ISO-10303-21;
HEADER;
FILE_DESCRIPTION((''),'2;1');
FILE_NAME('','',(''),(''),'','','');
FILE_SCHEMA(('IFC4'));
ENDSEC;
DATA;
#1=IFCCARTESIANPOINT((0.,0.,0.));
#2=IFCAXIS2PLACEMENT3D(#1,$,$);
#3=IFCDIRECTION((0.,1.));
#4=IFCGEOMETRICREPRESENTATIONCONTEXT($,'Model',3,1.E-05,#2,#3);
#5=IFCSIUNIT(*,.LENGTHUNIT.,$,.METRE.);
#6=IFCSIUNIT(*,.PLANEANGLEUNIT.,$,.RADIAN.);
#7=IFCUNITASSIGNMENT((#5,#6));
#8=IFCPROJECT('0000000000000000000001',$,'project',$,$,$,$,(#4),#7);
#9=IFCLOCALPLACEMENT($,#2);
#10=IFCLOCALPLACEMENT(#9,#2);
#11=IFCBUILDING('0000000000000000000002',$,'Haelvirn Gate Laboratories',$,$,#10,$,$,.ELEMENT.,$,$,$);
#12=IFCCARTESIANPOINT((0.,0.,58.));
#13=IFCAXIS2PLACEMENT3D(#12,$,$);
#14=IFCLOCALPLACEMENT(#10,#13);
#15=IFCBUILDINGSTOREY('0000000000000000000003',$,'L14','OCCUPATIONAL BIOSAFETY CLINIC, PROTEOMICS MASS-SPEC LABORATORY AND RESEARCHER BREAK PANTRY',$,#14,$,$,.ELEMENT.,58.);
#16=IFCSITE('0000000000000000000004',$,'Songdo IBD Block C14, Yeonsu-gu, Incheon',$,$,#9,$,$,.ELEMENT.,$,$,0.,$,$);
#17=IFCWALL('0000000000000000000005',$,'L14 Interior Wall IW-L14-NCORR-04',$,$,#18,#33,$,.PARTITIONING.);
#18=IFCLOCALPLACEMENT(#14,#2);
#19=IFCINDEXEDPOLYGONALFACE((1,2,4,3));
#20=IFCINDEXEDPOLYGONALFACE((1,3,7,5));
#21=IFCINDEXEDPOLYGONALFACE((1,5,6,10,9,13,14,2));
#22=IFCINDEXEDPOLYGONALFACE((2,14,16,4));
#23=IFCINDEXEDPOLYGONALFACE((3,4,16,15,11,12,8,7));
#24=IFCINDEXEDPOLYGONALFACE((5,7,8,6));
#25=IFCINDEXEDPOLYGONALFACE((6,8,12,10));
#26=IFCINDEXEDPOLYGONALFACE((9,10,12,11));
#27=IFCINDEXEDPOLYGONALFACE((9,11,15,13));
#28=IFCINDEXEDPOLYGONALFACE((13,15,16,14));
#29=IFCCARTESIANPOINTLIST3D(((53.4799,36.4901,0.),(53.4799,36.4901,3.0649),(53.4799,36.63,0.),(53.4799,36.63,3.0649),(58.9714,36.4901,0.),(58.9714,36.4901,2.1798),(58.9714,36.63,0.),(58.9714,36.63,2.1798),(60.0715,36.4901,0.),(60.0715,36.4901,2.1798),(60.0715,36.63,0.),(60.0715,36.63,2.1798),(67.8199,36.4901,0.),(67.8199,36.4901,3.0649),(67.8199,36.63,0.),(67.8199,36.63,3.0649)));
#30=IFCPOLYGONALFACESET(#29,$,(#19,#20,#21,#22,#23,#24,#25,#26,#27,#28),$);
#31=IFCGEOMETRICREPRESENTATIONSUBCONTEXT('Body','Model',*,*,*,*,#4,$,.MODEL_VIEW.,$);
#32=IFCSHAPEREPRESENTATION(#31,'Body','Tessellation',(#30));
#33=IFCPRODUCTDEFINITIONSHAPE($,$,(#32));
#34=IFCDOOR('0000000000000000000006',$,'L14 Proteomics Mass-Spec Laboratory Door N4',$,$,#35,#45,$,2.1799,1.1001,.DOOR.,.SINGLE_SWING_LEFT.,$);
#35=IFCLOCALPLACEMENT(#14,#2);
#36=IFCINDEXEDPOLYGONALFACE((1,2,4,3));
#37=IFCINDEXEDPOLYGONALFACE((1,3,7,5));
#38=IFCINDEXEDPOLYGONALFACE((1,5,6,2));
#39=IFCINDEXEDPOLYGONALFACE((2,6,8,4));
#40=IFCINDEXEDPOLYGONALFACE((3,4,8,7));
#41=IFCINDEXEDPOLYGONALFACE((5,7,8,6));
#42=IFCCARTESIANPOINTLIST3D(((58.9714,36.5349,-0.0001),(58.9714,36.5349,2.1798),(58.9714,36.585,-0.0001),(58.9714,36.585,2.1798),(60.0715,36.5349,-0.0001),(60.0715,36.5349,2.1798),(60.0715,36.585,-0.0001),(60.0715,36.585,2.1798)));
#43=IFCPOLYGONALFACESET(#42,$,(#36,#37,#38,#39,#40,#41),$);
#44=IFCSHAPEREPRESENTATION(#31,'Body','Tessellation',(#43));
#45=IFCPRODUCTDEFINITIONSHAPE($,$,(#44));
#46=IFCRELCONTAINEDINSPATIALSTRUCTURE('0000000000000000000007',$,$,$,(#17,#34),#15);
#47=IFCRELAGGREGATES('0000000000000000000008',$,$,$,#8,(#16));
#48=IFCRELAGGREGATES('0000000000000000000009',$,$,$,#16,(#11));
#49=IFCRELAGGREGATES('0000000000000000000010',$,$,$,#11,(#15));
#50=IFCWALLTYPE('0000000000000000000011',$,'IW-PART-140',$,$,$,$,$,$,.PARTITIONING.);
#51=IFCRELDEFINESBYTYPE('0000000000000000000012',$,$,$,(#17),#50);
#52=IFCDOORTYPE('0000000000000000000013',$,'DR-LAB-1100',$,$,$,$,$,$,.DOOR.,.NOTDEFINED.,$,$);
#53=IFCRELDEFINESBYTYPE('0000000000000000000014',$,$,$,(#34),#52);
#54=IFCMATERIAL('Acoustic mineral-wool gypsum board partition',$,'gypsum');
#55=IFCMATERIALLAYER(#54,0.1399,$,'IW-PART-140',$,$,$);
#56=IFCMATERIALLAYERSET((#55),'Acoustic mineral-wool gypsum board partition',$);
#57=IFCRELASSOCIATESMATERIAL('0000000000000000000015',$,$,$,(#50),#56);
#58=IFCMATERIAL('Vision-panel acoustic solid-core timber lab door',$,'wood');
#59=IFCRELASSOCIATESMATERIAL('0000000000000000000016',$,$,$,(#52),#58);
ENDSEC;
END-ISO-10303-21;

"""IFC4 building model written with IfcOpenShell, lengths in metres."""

from ifc_helpers import new_model, si_unit, direction, frame, frame_2d, origin, place, context, subcontext, project, spatial, rectangle, extrude, source, transform, mapped, material, layer, layer_set, type_object, type_shapes, element, fill, save


model = new_model("IFC4")

# Units and contexts
model_context = context("Model", 3, precision=1e-05, world=origin(), true_north=direction((0.0, 1.0)))
body_context = subcontext(model_context, "Body", "Model", "MODEL_VIEW")
ifc_project = project(units=[si_unit("LENGTHUNIT", "METRE"), si_unit("PLANEANGLEUNIT", "RADIAN")], contexts=[model_context])

# Site, building, storey
site_placement = place(None, origin())
site = spatial("IfcSite", under=ifc_project, at=site_placement, Name="Songdo IBD Block C14, Yeonsu-gu, Incheon", CompositionType="ELEMENT", RefElevation=0.0)
building_placement = place(site_placement, origin())
building = spatial("IfcBuilding", under=site, at=building_placement, Name="Haelvirn Gate Laboratories", CompositionType="ELEMENT")
storey_placement = place(building_placement, frame((0.0, 0.0, 58.0)))
storey = spatial("IfcBuildingStorey", under=building, at=storey_placement, Name="L14", Description="OCCUPATIONAL BIOSAFETY CLINIC, PROTEOMICS MASS-SPEC LABORATORY AND RESEARCHER BREAK PANTRY", CompositionType="ELEMENT", Elevation=58.0)

# Wall, opening, door
ifc_material_1 = material(Name="Acoustic mineral-wool gypsum board partition", Category="gypsum")
ifc_layer_1 = layer(ifc_material_1, 0.1399, Name="IW-PART-140")
ifc_layer_set_1 = layer_set([ifc_layer_1], Name="Acoustic mineral-wool gypsum board partition")
wall_type_1 = type_object("IfcWallType", Name="IW-PART-140", PredefinedType="PARTITIONING", material=ifc_layer_set_1)
wall_1_placement = place(storey_placement, frame((53.48, 36.5601, 0.0), z_axis=(0.0, 0.0, 1.0), x_axis=(1.0, 0.0, 0.0)))
wall_1 = element("IfcWall", 1, at=wall_1_placement, inside=storey, type_object=wall_type_1, Name="L14 Interior Wall IW-L14-NCORR-04", PredefinedType="PARTITIONING", context=body_context, shape_type="SweptSolid", body=[
    extrude(rectangle(XDim=14.3401, YDim=0.1399, at=frame_2d((7.1699, 0.0))), origin(), (0.0, 0.0, 1.0), 3.0649),
])
opening_1_placement = place(wall_1_placement, frame((5.4915, 0.0, 0.0)))
opening_1 = element("IfcOpeningElement", 2, at=opening_1_placement, cuts=wall_1, PredefinedType="OPENING", context=body_context, shape_type="SweptSolid", body=[
    extrude(rectangle(XDim=1.1001, YDim=2.1799, at=frame_2d((0.55, 1.0898))), frame((0.0, 0.0801, 0.0), z_axis=(0.0, -1.0, 0.0), x_axis=(1.0, 0.0, 0.0)), (0.0, 0.0, 1.0), 0.1599),
])
ifc_material_2 = material(Name="Vision-panel acoustic solid-core timber lab door", Category="wood")
door_type_1 = type_object("IfcDoorType", Name="DR-LAB-1100", OperationType="NOTDEFINED", PredefinedType="DOOR", material=ifc_material_2)
shared_shape_1 = source(origin(), body_context, "Body", "SweptSolid", [
    extrude(rectangle(XDim=1.1001, YDim=2.1799, at=frame_2d((0.55, 1.0898))), frame((0.0, 0.0249, 0.0), z_axis=(0.0, -1.0, 0.0), x_axis=(1.0, 0.0, 0.0)), (0.0, 0.0, 1.0), 0.05),
])
type_shapes(door_type_1, [shared_shape_1])
door_1_placement = place(opening_1_placement, origin())
door_1 = element("IfcDoor", 3, at=door_1_placement, inside=storey, type_object=door_type_1, Name="L14 Proteomics Mass-Spec Laboratory Door N4", OperationType="SINGLE_SWING_LEFT", OverallHeight=2.1799, OverallWidth=1.1001, PredefinedType="DOOR", context=body_context, shape_type="MappedRepresentation", body=[
    mapped(shared_shape_1, transform((0.0, 0.0, 0.0), scale=1.0)),
])
fill(opening_1, door_1)

save(model, "model.ifc")
